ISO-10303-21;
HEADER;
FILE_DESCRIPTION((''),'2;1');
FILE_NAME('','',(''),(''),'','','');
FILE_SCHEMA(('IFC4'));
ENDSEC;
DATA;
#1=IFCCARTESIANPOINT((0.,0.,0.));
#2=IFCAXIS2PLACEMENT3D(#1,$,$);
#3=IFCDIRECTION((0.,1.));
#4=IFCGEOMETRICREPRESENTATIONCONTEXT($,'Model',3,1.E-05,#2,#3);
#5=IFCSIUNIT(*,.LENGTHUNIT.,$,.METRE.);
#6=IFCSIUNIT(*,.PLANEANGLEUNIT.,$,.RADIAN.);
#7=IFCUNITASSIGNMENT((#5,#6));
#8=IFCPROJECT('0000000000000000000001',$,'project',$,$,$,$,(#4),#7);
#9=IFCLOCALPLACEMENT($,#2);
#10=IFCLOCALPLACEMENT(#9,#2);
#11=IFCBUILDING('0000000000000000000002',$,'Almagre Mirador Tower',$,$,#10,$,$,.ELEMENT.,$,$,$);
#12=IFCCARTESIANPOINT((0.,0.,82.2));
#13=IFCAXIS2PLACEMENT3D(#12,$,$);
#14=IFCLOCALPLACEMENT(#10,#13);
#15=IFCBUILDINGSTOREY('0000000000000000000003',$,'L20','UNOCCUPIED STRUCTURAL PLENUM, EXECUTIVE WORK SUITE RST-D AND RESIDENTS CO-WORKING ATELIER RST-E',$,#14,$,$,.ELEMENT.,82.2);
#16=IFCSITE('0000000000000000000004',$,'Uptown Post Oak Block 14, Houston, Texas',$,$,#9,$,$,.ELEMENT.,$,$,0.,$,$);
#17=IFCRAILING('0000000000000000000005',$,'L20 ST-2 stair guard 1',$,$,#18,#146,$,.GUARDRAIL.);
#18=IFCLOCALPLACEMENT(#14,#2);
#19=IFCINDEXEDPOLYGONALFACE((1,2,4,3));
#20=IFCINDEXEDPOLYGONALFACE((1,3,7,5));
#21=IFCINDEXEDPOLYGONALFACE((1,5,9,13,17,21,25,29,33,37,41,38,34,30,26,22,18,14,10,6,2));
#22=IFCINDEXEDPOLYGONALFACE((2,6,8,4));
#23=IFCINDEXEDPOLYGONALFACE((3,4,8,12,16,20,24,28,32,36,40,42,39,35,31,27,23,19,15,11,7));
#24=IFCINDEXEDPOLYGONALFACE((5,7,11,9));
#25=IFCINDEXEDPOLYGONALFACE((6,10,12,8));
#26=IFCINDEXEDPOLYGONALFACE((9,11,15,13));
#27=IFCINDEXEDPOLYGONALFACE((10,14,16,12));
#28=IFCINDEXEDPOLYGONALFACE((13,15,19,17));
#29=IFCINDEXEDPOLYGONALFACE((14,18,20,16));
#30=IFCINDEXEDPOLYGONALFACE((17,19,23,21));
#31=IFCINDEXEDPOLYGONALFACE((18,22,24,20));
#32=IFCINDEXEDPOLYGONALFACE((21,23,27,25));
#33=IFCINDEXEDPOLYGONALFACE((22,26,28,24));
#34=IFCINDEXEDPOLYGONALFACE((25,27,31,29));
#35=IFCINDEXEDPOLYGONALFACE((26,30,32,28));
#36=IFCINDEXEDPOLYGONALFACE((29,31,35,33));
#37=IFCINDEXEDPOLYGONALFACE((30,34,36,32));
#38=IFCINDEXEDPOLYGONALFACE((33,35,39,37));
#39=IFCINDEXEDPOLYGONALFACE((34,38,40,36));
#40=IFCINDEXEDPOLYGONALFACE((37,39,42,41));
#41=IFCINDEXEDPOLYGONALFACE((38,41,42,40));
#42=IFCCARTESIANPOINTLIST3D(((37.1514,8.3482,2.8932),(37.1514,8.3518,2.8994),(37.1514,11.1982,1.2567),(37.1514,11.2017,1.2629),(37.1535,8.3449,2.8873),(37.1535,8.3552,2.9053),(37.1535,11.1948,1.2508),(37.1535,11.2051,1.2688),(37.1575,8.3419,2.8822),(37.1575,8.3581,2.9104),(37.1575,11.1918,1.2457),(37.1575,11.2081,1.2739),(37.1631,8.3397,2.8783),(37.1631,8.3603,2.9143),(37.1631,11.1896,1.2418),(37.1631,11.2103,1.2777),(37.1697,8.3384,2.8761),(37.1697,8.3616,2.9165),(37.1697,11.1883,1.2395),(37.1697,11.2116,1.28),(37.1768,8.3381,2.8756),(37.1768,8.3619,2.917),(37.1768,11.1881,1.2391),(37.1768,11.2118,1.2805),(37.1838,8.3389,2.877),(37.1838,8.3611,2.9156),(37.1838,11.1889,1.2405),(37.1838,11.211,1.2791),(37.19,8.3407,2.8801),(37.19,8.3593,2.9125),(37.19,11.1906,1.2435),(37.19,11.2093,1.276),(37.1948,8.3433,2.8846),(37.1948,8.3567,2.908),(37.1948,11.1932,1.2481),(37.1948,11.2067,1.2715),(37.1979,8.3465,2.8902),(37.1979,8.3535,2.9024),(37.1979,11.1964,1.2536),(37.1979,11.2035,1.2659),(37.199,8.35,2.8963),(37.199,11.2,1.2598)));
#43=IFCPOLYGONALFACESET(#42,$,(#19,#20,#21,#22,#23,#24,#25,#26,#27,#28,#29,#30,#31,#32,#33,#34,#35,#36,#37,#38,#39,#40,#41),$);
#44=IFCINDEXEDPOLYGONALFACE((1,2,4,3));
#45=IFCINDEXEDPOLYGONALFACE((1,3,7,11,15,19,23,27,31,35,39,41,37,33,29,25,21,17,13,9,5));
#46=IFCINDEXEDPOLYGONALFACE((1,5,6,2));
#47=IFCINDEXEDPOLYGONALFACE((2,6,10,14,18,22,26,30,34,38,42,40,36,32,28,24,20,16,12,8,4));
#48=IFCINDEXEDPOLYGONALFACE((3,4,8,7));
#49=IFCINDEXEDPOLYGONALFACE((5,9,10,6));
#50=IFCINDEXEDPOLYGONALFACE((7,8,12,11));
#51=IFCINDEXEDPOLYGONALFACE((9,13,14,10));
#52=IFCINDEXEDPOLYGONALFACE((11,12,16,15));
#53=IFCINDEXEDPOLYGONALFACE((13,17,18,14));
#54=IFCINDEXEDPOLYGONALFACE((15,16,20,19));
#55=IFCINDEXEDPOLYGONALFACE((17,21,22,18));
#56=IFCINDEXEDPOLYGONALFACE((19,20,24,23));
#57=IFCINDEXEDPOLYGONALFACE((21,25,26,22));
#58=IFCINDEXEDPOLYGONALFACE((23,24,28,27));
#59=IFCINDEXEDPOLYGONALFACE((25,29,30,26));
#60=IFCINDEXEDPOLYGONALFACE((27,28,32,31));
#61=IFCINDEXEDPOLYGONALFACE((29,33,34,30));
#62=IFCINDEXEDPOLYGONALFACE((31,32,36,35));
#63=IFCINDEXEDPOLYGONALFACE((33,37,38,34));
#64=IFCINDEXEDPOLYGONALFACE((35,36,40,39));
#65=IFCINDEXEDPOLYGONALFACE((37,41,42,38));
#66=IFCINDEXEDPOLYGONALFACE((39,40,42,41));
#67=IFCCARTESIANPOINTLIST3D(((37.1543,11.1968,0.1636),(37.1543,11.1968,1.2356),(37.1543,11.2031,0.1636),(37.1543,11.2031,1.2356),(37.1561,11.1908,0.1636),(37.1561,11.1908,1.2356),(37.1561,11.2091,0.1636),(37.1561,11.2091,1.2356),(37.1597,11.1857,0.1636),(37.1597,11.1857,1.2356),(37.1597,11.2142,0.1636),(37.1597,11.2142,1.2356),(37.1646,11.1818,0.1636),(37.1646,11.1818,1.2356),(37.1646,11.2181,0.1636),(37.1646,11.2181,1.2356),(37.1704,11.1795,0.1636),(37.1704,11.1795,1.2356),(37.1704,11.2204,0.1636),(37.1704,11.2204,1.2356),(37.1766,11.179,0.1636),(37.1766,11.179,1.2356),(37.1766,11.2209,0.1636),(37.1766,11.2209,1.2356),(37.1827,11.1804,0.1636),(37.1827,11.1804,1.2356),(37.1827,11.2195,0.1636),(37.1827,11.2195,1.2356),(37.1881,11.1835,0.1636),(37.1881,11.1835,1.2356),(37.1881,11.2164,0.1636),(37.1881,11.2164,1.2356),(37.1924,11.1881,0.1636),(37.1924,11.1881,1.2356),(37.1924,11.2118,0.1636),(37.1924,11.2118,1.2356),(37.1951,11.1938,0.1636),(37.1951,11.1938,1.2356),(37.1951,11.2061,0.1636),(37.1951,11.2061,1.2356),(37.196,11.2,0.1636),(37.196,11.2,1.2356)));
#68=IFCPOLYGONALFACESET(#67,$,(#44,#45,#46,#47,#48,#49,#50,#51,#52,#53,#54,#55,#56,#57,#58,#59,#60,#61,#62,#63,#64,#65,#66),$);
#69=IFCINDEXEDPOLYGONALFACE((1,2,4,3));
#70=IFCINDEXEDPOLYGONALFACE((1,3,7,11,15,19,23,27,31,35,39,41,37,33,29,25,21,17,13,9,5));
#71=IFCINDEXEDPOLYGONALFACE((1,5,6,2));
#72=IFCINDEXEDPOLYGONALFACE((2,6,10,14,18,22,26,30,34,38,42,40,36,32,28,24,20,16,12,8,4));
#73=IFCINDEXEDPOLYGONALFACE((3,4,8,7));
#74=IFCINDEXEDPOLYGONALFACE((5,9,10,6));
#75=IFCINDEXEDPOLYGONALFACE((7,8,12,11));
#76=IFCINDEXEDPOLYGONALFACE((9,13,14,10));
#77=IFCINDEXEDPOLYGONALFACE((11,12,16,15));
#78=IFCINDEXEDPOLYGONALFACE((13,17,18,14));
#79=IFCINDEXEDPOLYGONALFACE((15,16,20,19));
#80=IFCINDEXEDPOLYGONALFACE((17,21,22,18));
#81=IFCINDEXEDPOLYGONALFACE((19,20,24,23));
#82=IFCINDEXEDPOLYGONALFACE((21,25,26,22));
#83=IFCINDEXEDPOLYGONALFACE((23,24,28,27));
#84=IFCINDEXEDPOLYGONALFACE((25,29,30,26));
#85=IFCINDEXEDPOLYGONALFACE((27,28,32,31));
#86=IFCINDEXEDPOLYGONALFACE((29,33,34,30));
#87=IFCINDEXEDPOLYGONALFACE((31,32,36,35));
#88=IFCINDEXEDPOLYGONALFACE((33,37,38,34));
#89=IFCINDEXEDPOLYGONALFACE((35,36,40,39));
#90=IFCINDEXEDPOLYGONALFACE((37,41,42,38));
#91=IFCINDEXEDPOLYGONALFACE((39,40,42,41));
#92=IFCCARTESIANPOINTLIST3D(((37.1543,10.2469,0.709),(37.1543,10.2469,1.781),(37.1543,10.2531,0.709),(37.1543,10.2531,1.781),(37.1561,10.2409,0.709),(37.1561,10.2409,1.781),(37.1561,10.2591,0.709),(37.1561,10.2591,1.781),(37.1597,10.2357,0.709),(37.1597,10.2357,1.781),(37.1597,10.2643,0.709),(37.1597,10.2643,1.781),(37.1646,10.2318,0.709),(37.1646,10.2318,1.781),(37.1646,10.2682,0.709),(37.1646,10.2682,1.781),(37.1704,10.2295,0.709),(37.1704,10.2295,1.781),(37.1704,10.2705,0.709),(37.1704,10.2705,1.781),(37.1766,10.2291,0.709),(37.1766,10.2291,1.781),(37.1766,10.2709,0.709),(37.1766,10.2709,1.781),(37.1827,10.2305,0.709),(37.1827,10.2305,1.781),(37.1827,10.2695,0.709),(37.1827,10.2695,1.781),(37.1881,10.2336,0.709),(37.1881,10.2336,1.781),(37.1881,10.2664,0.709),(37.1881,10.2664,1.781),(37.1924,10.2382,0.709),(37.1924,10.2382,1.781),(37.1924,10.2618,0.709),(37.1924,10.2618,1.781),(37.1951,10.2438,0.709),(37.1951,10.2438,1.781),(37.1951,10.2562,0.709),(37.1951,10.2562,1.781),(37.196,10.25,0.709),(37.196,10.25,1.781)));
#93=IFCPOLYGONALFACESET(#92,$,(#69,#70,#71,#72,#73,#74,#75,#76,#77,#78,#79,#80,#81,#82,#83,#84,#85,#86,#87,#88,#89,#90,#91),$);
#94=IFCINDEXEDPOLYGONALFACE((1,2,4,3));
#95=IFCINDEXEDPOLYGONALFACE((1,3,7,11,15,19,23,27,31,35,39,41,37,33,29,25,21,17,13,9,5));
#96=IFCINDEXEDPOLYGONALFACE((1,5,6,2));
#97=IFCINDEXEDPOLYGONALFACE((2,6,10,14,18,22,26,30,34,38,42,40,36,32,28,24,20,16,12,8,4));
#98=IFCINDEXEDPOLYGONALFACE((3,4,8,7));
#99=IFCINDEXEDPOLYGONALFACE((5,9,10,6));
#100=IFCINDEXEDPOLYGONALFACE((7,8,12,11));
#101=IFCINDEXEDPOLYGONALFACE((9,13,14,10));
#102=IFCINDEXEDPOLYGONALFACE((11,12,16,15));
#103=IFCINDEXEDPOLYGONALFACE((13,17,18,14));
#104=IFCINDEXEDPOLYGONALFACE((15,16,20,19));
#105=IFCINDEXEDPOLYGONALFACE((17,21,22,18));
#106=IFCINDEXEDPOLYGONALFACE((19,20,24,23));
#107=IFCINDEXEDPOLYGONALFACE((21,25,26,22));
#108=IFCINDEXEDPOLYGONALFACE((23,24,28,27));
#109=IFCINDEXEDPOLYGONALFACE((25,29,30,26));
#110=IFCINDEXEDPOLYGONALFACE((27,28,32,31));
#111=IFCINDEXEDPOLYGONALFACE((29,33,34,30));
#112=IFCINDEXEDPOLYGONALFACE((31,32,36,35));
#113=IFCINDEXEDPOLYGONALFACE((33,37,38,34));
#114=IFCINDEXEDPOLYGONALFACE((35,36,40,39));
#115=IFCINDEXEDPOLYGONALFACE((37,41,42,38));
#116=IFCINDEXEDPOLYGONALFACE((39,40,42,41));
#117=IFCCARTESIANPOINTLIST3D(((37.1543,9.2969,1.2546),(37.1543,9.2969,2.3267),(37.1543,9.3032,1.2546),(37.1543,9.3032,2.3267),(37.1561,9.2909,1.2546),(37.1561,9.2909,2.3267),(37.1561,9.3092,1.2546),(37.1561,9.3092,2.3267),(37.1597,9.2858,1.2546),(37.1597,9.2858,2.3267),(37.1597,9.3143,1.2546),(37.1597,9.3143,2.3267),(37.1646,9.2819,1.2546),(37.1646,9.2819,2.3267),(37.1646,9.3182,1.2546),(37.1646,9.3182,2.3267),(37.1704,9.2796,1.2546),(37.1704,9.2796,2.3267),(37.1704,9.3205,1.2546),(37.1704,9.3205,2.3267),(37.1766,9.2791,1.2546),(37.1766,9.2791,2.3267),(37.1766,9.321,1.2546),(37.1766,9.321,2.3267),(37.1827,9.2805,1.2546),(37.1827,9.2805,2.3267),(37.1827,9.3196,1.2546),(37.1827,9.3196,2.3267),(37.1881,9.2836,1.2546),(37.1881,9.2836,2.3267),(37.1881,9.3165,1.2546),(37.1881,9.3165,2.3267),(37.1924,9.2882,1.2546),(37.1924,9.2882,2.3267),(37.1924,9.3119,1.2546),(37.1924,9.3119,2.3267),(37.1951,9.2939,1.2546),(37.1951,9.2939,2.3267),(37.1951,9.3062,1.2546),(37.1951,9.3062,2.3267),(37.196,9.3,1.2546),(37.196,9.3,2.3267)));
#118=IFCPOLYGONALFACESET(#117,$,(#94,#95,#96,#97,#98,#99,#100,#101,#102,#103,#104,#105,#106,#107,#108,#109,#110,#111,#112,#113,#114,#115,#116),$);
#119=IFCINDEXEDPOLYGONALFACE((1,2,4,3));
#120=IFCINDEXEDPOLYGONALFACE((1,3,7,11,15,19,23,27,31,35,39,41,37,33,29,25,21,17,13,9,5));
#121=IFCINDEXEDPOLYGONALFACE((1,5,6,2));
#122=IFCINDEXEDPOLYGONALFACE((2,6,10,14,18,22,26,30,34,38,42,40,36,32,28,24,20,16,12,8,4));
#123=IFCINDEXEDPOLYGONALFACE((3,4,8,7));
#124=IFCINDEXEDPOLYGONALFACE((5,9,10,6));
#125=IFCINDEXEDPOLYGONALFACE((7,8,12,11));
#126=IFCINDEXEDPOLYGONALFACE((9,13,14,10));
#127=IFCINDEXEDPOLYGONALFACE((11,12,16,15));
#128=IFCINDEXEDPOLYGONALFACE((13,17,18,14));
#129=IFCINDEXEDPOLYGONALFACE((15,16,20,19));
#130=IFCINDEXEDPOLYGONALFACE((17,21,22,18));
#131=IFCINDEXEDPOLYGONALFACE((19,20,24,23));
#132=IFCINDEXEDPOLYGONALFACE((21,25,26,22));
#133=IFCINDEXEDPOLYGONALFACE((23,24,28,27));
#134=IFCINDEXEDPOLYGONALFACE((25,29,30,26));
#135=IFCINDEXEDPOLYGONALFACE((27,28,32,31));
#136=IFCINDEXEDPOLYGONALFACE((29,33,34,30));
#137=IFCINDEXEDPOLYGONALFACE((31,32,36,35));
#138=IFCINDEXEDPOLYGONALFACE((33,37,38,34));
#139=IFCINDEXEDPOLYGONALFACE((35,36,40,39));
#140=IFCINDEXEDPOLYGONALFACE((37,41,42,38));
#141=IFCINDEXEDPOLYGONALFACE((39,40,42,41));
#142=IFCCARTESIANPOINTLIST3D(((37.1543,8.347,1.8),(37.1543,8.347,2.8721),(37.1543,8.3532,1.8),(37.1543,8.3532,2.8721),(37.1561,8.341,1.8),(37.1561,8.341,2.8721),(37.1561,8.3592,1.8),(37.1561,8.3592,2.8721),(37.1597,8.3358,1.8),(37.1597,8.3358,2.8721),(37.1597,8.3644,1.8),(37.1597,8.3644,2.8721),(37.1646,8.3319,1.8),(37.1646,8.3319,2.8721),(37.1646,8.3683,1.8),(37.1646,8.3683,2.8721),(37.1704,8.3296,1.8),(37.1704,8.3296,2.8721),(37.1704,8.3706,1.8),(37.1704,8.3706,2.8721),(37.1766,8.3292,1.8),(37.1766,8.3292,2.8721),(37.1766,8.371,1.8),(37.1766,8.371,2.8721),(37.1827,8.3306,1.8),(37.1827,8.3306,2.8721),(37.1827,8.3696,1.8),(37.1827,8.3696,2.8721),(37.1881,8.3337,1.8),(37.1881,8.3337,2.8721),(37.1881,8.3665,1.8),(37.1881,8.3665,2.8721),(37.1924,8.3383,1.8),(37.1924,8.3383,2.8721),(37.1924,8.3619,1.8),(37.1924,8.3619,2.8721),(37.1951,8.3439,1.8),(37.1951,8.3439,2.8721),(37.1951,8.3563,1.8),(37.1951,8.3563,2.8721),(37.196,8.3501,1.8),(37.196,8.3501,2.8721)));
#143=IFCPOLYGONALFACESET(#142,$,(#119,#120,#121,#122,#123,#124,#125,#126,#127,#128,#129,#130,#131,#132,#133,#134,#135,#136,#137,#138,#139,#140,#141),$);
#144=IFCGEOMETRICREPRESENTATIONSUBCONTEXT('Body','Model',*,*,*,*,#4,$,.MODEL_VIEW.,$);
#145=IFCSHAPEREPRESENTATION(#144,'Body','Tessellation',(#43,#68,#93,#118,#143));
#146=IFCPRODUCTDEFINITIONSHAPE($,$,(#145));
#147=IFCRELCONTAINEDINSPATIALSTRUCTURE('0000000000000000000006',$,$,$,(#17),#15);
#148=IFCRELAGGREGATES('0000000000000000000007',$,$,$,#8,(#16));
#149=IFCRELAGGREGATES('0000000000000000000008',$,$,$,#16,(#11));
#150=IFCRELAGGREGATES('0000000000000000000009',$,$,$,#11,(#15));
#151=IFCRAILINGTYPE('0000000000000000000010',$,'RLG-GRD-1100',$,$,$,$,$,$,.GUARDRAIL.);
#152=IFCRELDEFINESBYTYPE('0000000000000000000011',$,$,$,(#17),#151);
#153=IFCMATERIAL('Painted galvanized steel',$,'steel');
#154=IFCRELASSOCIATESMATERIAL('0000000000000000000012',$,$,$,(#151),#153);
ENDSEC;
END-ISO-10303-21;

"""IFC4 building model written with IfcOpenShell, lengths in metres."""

from ifc_helpers import new_model, si_unit, direction, frame, origin, origin_2d, place, context, subcontext, project, spatial, circle, extrude, material, type_object, element, save


model = new_model("IFC4")

# Units and contexts
model_context = context("Model", 3, precision=1e-05, world=origin(), true_north=direction((0.0, 1.0)))
body_context = subcontext(model_context, "Body", "Model", "MODEL_VIEW")
ifc_project = project(units=[si_unit("LENGTHUNIT", "METRE"), si_unit("PLANEANGLEUNIT", "RADIAN")], contexts=[model_context])

# Site, building, storey
site_placement = place(None, origin())
site = spatial("IfcSite", under=ifc_project, at=site_placement, Name="Uptown Post Oak Block 14, Houston, Texas", CompositionType="ELEMENT", RefElevation=0.0)
building_placement = place(site_placement, origin())
building = spatial("IfcBuilding", under=site, at=building_placement, Name="Almagre Mirador Tower", CompositionType="ELEMENT")
storey_placement = place(building_placement, frame((0.0, 0.0, 82.2)))
storey = spatial("IfcBuildingStorey", under=building, at=storey_placement, Name="L20", Description="UNOCCUPIED STRUCTURAL PLENUM, EXECUTIVE WORK SUITE RST-D AND RESIDENTS CO-WORKING ATELIER RST-E", CompositionType="ELEMENT", Elevation=82.2)

# Railing
ifc_material_1 = material(Name="Painted galvanized steel", Category="steel")
railing_type_1 = type_object("IfcRailingType", Name="RLG-GRD-1100", PredefinedType="GUARDRAIL", material=ifc_material_1)
railing_1_placement = place(storey_placement, frame((37.175, 11.2, 0.1636)))
element("IfcRailing", 1, at=railing_1_placement, inside=storey, type_object=railing_type_1, Name="L20 ST-2 stair guard 1", PredefinedType="GUARDRAIL", context=body_context, shape_type="SweptSolid", body=[
    extrude(circle(Radius=0.0239, at=origin_2d()), frame((0.0, 0.0, 1.0962), z_axis=(0.0, -0.867194, 0.49797), x_axis=(1.0, 0.0, 0.0)), (0.0, 0.0, 1.0), 3.2864),
    extrude(circle(Radius=0.021, at=origin_2d()), origin(), (0.0, 0.0, 1.0), 1.072),
    extrude(circle(Radius=0.021, at=origin_2d()), frame((0.0, -0.95, 0.5454)), (0.0, 0.0, 1.0), 1.072),
    extrude(circle(Radius=0.021, at=origin_2d()), frame((0.0, -1.8999, 1.0911)), (0.0, 0.0, 1.0), 1.072),
    extrude(circle(Radius=0.021, at=origin_2d()), frame((0.0, -2.8499, 1.6365)), (0.0, 0.0, 1.0), 1.072),
])

save(model, "model.ifc")
